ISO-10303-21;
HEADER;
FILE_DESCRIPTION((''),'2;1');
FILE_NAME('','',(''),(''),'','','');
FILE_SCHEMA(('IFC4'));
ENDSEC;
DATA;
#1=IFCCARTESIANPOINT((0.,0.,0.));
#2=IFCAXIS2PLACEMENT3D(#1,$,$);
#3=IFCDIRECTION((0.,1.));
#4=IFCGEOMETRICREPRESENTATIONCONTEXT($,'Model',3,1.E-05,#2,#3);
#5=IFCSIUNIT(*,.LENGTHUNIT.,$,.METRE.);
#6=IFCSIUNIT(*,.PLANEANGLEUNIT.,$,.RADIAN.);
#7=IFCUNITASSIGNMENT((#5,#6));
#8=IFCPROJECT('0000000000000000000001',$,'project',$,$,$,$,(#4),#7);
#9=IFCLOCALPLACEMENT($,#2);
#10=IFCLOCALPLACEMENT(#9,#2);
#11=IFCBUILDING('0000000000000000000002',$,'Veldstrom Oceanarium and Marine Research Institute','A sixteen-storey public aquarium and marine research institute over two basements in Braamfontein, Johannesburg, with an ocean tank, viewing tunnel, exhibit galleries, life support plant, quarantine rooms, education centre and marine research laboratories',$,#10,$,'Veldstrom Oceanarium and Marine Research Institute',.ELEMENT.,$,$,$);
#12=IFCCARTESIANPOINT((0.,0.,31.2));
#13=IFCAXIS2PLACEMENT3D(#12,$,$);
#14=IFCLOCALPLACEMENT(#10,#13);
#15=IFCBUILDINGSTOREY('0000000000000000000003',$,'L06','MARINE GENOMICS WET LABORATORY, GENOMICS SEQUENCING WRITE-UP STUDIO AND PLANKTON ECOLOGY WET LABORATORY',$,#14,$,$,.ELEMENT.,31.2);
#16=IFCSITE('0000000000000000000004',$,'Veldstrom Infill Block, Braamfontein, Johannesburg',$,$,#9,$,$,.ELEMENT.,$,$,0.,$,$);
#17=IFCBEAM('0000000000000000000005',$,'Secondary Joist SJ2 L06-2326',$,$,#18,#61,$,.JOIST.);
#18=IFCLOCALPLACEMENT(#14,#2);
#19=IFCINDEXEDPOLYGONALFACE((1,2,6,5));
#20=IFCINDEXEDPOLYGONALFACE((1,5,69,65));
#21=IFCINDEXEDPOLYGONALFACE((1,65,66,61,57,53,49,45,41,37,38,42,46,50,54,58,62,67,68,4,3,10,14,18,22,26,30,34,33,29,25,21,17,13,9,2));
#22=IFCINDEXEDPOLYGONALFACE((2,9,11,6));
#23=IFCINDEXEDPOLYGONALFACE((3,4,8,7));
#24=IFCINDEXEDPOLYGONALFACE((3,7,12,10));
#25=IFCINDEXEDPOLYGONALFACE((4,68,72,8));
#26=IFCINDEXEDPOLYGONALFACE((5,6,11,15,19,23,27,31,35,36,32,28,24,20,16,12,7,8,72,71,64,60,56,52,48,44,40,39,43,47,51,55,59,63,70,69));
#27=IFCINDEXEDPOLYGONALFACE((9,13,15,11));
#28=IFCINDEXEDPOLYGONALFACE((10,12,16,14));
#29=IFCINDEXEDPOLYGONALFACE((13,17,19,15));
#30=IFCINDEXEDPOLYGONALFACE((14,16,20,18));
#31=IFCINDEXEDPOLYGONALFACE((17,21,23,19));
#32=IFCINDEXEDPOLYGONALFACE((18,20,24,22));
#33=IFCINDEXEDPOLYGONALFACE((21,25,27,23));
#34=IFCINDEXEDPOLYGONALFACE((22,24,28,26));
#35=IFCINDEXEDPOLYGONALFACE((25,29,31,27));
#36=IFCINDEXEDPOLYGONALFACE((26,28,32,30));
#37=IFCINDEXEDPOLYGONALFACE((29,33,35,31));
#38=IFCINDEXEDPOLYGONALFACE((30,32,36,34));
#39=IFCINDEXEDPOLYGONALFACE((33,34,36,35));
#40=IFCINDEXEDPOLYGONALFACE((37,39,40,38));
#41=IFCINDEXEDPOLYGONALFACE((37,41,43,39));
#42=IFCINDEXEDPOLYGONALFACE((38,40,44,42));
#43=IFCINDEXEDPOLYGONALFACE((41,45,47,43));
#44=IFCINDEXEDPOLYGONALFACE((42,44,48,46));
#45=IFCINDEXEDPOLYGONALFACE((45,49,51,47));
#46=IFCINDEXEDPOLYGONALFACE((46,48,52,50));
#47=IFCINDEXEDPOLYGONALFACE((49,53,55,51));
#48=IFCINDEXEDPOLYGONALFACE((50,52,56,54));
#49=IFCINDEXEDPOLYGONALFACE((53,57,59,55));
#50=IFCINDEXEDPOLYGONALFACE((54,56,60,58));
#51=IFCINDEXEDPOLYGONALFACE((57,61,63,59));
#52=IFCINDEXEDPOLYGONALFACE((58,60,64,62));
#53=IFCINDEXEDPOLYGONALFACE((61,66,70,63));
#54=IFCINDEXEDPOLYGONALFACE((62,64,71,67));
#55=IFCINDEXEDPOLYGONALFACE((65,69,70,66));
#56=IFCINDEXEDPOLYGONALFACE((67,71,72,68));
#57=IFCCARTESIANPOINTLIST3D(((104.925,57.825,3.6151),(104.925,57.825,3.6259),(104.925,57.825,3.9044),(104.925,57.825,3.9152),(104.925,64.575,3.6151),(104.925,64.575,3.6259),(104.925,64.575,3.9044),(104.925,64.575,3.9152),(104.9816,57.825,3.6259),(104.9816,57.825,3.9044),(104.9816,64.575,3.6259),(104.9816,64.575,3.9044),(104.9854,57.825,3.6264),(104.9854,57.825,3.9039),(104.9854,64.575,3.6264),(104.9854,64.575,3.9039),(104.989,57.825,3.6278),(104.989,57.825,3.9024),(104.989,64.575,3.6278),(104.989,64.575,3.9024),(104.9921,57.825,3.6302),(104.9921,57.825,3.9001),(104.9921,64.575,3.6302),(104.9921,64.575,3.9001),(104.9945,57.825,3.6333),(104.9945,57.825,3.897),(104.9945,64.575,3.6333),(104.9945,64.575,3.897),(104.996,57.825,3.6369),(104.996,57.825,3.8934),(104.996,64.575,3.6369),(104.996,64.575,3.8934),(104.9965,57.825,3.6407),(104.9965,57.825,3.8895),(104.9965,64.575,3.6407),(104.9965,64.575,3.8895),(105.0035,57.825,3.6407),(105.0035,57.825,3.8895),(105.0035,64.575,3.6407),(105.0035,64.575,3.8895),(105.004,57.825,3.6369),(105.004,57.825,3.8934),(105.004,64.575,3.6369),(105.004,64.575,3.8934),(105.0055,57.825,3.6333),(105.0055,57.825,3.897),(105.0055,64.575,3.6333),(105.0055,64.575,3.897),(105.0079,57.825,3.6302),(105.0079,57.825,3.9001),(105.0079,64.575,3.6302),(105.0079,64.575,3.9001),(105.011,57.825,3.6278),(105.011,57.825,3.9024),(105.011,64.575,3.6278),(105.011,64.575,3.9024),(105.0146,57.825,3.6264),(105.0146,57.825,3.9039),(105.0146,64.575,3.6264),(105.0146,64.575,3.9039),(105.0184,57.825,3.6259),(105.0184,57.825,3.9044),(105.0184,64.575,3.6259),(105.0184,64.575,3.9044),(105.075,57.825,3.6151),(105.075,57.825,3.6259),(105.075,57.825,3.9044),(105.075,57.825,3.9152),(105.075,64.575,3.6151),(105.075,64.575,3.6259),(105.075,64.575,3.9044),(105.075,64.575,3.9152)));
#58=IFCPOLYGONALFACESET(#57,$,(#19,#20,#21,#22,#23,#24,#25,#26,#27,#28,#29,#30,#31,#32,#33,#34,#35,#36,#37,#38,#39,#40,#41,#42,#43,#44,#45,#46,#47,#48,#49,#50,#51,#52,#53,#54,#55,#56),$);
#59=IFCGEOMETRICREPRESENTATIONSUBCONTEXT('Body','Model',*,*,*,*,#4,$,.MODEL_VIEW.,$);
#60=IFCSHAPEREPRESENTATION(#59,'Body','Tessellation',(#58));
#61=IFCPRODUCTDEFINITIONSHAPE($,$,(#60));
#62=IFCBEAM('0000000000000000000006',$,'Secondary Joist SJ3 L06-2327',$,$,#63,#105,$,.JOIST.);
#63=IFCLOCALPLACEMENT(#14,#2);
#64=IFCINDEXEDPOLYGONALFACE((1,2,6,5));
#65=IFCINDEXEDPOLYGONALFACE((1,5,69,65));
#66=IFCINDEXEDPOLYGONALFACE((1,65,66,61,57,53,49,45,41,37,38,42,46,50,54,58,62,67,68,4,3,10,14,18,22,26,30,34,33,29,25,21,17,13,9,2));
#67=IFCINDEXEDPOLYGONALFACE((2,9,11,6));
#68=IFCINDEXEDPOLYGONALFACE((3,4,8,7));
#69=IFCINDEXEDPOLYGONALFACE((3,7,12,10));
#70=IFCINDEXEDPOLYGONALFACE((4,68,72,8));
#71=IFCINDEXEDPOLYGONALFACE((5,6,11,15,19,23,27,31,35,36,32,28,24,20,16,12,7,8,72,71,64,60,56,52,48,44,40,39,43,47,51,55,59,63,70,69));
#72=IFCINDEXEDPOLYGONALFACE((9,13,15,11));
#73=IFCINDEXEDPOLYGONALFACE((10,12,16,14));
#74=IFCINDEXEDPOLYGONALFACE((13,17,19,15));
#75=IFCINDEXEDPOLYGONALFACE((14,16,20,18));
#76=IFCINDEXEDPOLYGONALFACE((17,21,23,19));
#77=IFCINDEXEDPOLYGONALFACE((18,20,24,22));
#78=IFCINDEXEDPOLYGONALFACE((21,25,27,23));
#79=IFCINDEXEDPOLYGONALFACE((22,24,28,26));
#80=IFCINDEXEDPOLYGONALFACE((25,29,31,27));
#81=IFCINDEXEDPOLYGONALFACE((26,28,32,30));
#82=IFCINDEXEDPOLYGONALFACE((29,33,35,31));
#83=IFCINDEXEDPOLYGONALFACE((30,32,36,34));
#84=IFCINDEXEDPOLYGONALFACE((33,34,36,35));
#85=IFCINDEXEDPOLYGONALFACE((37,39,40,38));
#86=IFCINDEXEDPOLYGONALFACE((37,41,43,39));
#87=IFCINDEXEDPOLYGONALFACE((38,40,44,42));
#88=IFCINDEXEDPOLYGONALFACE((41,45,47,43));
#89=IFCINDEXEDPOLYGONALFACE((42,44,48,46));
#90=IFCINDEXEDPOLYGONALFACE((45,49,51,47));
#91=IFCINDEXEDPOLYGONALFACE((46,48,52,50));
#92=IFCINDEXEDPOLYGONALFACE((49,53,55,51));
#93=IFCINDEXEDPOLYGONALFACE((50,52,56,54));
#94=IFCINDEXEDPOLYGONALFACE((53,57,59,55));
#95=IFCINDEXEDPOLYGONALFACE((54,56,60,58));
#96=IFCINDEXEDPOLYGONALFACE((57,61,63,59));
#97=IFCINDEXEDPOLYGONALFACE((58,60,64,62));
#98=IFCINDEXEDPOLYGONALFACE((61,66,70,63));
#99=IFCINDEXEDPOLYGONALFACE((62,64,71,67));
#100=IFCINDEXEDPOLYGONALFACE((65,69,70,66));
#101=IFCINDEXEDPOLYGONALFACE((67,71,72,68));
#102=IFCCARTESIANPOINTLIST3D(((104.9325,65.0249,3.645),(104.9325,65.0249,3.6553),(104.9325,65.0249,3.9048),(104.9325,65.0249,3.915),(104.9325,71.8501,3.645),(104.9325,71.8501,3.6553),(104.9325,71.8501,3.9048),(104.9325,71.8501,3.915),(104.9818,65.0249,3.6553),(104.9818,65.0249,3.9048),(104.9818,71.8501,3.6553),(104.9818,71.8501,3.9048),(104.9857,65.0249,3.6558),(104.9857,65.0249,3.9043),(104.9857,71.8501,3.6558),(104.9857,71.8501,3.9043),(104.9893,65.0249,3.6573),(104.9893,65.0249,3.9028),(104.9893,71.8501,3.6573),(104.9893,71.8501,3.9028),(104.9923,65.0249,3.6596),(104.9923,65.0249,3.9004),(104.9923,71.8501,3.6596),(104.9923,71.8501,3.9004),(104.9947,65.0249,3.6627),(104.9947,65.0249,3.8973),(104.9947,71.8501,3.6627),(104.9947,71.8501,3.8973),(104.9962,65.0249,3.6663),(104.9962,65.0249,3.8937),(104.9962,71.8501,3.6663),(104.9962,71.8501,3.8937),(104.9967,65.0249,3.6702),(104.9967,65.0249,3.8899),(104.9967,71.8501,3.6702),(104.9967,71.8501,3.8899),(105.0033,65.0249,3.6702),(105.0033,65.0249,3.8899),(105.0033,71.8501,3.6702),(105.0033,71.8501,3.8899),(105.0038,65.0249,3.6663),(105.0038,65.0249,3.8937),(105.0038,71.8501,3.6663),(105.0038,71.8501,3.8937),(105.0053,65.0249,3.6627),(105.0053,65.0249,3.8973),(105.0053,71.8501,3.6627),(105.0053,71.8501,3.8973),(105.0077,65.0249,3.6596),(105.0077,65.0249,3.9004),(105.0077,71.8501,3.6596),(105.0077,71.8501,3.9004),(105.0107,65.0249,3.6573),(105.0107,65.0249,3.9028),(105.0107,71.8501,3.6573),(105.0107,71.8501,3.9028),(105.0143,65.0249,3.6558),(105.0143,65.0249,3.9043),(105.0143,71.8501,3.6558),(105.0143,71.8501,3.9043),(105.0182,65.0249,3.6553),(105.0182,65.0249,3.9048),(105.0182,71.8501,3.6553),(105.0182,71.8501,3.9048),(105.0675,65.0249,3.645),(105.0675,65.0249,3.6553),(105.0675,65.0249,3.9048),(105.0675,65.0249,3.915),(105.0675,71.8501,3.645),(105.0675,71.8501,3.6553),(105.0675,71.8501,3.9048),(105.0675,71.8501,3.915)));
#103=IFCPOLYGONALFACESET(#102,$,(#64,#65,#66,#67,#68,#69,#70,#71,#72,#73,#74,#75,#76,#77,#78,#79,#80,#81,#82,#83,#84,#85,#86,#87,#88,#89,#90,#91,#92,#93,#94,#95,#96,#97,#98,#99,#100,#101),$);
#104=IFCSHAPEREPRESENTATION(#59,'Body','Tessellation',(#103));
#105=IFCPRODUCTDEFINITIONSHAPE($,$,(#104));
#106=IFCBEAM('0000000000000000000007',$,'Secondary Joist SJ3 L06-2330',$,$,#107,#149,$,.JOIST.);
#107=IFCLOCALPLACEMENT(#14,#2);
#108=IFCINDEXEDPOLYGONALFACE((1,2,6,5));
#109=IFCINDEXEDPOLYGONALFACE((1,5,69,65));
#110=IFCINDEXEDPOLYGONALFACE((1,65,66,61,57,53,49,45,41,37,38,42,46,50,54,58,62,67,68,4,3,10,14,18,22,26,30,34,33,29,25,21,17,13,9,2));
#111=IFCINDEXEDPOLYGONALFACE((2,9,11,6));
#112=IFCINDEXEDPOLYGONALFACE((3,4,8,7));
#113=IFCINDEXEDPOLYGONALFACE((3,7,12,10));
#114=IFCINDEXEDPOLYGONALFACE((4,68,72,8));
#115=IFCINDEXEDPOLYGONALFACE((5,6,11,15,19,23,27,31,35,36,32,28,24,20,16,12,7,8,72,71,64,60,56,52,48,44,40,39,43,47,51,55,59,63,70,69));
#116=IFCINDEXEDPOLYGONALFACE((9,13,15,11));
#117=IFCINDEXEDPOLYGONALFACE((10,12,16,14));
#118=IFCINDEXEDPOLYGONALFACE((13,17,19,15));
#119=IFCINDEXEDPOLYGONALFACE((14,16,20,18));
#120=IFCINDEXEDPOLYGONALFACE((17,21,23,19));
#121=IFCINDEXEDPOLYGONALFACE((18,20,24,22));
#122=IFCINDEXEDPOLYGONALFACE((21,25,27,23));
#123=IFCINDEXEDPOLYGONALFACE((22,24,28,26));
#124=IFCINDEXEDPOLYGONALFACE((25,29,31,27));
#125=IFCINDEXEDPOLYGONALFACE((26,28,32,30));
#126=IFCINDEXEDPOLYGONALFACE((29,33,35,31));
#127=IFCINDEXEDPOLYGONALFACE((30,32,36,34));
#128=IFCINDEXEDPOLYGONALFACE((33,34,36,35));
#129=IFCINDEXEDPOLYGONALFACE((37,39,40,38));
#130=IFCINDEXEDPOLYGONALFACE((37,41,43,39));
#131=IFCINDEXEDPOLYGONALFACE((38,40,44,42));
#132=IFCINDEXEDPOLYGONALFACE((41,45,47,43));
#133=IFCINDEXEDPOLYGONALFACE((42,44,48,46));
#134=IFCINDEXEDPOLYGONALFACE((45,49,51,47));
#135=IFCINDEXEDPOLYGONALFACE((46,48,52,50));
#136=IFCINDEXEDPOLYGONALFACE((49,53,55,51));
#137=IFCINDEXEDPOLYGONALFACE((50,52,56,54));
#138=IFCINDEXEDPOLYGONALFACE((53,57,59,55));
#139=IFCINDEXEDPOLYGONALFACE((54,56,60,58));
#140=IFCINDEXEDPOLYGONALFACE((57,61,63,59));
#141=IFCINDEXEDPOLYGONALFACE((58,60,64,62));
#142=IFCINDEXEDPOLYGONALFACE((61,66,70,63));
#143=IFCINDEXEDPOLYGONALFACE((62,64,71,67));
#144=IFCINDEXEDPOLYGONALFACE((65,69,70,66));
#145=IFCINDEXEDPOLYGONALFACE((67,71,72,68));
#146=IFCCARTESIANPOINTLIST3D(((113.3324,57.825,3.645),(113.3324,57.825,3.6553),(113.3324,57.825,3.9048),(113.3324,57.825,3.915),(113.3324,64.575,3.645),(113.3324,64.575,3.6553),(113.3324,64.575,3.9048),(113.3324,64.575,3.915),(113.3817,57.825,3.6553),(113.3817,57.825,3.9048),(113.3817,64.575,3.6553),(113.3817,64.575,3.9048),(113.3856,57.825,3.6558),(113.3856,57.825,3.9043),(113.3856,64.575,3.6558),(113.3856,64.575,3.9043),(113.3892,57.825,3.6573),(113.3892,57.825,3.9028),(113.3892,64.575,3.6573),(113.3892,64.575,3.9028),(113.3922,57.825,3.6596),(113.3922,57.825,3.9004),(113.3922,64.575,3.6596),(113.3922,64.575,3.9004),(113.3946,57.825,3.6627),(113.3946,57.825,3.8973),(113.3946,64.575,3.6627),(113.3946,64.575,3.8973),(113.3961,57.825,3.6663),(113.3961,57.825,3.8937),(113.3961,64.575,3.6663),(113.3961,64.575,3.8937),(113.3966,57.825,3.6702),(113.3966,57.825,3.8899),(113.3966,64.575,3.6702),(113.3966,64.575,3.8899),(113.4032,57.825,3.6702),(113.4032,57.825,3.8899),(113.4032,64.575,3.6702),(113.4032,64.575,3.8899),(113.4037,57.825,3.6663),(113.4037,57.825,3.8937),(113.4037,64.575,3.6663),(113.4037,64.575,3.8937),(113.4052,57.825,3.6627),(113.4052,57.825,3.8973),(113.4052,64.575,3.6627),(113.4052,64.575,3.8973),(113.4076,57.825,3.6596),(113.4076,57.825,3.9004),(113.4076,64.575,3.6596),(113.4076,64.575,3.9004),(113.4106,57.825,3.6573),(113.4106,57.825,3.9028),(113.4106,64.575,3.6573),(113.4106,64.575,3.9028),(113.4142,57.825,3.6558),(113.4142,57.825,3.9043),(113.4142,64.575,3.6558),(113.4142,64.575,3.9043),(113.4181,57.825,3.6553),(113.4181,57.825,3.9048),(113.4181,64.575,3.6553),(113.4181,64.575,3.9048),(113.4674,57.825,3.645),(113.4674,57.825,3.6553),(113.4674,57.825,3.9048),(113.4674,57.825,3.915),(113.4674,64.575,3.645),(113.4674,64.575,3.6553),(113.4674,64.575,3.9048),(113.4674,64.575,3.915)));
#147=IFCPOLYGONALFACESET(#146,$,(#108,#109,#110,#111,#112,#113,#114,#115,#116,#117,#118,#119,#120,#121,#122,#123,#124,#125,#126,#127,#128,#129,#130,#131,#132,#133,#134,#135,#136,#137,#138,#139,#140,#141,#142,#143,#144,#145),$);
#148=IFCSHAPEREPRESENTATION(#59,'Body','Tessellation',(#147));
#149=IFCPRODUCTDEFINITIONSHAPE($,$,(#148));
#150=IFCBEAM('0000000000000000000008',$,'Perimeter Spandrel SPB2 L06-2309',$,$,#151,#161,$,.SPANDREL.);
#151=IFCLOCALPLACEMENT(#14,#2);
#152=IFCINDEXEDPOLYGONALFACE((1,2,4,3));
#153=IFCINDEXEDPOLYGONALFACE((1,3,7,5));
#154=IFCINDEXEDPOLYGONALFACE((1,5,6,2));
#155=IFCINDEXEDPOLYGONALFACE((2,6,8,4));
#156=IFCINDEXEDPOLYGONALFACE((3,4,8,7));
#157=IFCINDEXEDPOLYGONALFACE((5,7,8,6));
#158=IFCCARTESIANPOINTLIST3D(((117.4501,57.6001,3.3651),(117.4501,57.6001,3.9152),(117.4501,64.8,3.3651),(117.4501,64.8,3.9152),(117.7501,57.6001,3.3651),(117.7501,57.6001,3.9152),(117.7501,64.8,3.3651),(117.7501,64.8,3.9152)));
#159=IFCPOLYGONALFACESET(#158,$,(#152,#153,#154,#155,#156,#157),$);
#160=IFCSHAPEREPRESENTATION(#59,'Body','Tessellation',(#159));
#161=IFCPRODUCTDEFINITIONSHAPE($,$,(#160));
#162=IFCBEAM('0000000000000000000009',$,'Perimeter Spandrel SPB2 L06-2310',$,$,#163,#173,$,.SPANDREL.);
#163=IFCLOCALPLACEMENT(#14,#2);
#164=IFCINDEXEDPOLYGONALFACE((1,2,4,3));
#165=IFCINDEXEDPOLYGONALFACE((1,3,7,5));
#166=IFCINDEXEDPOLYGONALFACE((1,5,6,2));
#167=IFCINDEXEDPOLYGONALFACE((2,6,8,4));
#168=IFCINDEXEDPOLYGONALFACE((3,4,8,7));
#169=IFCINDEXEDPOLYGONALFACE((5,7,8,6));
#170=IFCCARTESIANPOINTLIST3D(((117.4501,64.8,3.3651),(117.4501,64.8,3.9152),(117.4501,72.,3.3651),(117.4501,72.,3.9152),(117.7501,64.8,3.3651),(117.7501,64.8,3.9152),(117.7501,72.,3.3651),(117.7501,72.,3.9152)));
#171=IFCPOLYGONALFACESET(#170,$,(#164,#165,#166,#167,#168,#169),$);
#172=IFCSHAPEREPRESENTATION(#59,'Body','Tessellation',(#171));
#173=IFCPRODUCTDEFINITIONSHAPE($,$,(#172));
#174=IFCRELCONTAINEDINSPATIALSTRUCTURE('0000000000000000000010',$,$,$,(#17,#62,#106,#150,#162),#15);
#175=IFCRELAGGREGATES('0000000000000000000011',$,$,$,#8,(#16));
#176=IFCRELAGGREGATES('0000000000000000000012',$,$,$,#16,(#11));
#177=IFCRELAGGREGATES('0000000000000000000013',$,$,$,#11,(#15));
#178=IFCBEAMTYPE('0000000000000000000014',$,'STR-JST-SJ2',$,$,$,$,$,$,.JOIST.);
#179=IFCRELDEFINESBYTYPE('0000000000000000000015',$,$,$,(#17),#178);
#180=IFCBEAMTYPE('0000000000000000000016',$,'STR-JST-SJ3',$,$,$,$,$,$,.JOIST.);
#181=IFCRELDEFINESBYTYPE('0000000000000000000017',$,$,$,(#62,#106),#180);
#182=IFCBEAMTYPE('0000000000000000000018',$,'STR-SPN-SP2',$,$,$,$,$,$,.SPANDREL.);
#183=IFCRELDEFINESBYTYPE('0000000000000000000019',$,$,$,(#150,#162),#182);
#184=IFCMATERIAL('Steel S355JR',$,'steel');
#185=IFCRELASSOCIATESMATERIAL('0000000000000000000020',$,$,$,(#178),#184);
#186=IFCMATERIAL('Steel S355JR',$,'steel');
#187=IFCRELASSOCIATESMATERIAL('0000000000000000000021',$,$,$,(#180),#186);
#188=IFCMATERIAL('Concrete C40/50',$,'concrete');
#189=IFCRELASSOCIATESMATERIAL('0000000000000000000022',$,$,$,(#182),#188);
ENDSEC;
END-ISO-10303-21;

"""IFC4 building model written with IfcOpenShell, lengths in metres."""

from ifc_helpers import new_model, si_unit, direction, frame, origin, origin_2d, place, context, subcontext, project, spatial, rectangle, i_section, extrude, material, material_profile, profile_set, type_object, element, save


model = new_model("IFC4")

# Units and contexts
model_context = context("Model", 3, precision=1e-05, world=origin(), true_north=direction((0.0, 1.0)))
body_context = subcontext(model_context, "Body", "Model", "MODEL_VIEW")
ifc_project = project(units=[si_unit("LENGTHUNIT", "METRE"), si_unit("PLANEANGLEUNIT", "RADIAN")], contexts=[model_context])

# Site, building, storey
site_placement = place(None, origin())
site = spatial("IfcSite", under=ifc_project, at=site_placement, Name="Veldstrom Infill Block, Braamfontein, Johannesburg", CompositionType="ELEMENT", RefElevation=0.0)
building_placement = place(site_placement, origin())
building = spatial("IfcBuilding", under=site, at=building_placement, Name="Veldstrom Oceanarium and Marine Research Institute", Description="A sixteen-storey public aquarium and marine research institute over two basements in Braamfontein, Johannesburg, with an ocean tank, viewing tunnel, exhibit galleries, life support plant, quarantine rooms, education centre and marine research laboratories", LongName="Veldstrom Oceanarium and Marine Research Institute", CompositionType="ELEMENT")
storey_placement = place(building_placement, frame((0.0, 0.0, 31.2)))
storey = spatial("IfcBuildingStorey", under=building, at=storey_placement, Name="L06", Description="MARINE GENOMICS WET LABORATORY, GENOMICS SEQUENCING WRITE-UP STUDIO AND PLANKTON ECOLOGY WET LABORATORY", CompositionType="ELEMENT", Elevation=31.2)

# Beams
ifc_material_1 = material(Name="Steel S355JR", Category="steel")
ifc_material_profile_1 = material_profile(ifc_material_1, i_section(OverallWidth=0.1499, OverallDepth=0.3, WebThickness=0.0071, FlangeThickness=0.0107, FilletRadius=0.0149, at=origin_2d()), Name="IPE 300")
ifc_profile_set_1 = profile_set([ifc_material_profile_1], Name="Steel S355JR")
beam_type_1 = type_object("IfcBeamType", Name="STR-JST-SJ2", PredefinedType="JOIST", material=ifc_profile_set_1)
beam_1_placement = place(storey_placement, frame((105.0, 57.825, 3.7651), z_axis=(0.0, 1.0, 0.0), x_axis=(-1.0, 0.0, 0.0)))
element("IfcBeam", 1, at=beam_1_placement, inside=storey, type_object=beam_type_1, Name="Secondary Joist SJ2 L06-2326", PredefinedType="JOIST", context=body_context, shape_type="SweptSolid", body=[
    extrude(i_section(OverallWidth=0.1499, OverallDepth=0.3, WebThickness=0.0071, FlangeThickness=0.0107, FilletRadius=0.0149, at=origin_2d()), origin(), (0.0, 0.0, 1.0), 6.75),
])
ifc_material_2 = material(Name="Steel S355JR", Category="steel")
ifc_material_profile_2 = material_profile(ifc_material_2, i_section(OverallWidth=0.135, OverallDepth=0.27, WebThickness=0.0066, FlangeThickness=0.0103, FilletRadius=0.0149, at=origin_2d()), Name="IPE 270")
ifc_profile_set_2 = profile_set([ifc_material_profile_2], Name="Steel S355JR")
beam_type_2 = type_object("IfcBeamType", Name="STR-JST-SJ3", PredefinedType="JOIST", material=ifc_profile_set_2)
beam_2_placement = place(storey_placement, frame((105.0, 65.0249, 3.78), z_axis=(0.0, 1.0, 0.0), x_axis=(-1.0, 0.0, 0.0)))
element("IfcBeam", 2, at=beam_2_placement, inside=storey, type_object=beam_type_2, Name="Secondary Joist SJ3 L06-2327", PredefinedType="JOIST", context=body_context, shape_type="SweptSolid", body=[
    extrude(i_section(OverallWidth=0.135, OverallDepth=0.27, WebThickness=0.0066, FlangeThickness=0.0103, FilletRadius=0.0149, at=origin_2d()), origin(), (0.0, 0.0, 1.0), 6.8252),
])
beam_3_placement = place(storey_placement, frame((113.3999, 57.825, 3.78), z_axis=(0.0, 1.0, 0.0), x_axis=(-1.0, 0.0, 0.0)))
element("IfcBeam", 3, at=beam_3_placement, inside=storey, type_object=beam_type_2, Name="Secondary Joist SJ3 L06-2330", PredefinedType="JOIST", context=body_context, shape_type="SweptSolid", body=[
    extrude(i_section(OverallWidth=0.135, OverallDepth=0.27, WebThickness=0.0066, FlangeThickness=0.0103, FilletRadius=0.0149, at=origin_2d()), origin(), (0.0, 0.0, 1.0), 6.75),
])
ifc_material_3 = material(Name="Concrete C40/50", Category="concrete")
ifc_material_profile_3 = material_profile(ifc_material_3, rectangle(XDim=0.3, YDim=0.55, at=origin_2d()), Name="RC-SPN-300x550")
ifc_profile_set_3 = profile_set([ifc_material_profile_3], Name="Concrete C40/50")
beam_type_3 = type_object("IfcBeamType", Name="STR-SPN-SP2", PredefinedType="SPANDREL", material=ifc_profile_set_3)
for number, where, z_axis, x_axis, name in (
    (4, (117.6001, 57.6001, 3.6401), (0.0, 1.0, 0.0), (-1.0, 0.0, 0.0), "Perimeter Spandrel SPB2 L06-2309"),
    (5, (117.6001, 64.8, 3.6401), (0.0, 1.0, 0.0), (-1.0, 0.0, 0.0), "Perimeter Spandrel SPB2 L06-2310"),
):
    element("IfcBeam", number, at=place(storey_placement, frame(where, z_axis=z_axis, x_axis=x_axis)), inside=storey, type_object=beam_type_3, Name=name, PredefinedType="SPANDREL", context=body_context, shape_type="SweptSolid", body=[
        extrude(rectangle(XDim=0.3, YDim=0.55, at=origin_2d()), origin(), (0.0, 0.0, 1.0), 7.2),
    ])

save(model, "model.ifc")
